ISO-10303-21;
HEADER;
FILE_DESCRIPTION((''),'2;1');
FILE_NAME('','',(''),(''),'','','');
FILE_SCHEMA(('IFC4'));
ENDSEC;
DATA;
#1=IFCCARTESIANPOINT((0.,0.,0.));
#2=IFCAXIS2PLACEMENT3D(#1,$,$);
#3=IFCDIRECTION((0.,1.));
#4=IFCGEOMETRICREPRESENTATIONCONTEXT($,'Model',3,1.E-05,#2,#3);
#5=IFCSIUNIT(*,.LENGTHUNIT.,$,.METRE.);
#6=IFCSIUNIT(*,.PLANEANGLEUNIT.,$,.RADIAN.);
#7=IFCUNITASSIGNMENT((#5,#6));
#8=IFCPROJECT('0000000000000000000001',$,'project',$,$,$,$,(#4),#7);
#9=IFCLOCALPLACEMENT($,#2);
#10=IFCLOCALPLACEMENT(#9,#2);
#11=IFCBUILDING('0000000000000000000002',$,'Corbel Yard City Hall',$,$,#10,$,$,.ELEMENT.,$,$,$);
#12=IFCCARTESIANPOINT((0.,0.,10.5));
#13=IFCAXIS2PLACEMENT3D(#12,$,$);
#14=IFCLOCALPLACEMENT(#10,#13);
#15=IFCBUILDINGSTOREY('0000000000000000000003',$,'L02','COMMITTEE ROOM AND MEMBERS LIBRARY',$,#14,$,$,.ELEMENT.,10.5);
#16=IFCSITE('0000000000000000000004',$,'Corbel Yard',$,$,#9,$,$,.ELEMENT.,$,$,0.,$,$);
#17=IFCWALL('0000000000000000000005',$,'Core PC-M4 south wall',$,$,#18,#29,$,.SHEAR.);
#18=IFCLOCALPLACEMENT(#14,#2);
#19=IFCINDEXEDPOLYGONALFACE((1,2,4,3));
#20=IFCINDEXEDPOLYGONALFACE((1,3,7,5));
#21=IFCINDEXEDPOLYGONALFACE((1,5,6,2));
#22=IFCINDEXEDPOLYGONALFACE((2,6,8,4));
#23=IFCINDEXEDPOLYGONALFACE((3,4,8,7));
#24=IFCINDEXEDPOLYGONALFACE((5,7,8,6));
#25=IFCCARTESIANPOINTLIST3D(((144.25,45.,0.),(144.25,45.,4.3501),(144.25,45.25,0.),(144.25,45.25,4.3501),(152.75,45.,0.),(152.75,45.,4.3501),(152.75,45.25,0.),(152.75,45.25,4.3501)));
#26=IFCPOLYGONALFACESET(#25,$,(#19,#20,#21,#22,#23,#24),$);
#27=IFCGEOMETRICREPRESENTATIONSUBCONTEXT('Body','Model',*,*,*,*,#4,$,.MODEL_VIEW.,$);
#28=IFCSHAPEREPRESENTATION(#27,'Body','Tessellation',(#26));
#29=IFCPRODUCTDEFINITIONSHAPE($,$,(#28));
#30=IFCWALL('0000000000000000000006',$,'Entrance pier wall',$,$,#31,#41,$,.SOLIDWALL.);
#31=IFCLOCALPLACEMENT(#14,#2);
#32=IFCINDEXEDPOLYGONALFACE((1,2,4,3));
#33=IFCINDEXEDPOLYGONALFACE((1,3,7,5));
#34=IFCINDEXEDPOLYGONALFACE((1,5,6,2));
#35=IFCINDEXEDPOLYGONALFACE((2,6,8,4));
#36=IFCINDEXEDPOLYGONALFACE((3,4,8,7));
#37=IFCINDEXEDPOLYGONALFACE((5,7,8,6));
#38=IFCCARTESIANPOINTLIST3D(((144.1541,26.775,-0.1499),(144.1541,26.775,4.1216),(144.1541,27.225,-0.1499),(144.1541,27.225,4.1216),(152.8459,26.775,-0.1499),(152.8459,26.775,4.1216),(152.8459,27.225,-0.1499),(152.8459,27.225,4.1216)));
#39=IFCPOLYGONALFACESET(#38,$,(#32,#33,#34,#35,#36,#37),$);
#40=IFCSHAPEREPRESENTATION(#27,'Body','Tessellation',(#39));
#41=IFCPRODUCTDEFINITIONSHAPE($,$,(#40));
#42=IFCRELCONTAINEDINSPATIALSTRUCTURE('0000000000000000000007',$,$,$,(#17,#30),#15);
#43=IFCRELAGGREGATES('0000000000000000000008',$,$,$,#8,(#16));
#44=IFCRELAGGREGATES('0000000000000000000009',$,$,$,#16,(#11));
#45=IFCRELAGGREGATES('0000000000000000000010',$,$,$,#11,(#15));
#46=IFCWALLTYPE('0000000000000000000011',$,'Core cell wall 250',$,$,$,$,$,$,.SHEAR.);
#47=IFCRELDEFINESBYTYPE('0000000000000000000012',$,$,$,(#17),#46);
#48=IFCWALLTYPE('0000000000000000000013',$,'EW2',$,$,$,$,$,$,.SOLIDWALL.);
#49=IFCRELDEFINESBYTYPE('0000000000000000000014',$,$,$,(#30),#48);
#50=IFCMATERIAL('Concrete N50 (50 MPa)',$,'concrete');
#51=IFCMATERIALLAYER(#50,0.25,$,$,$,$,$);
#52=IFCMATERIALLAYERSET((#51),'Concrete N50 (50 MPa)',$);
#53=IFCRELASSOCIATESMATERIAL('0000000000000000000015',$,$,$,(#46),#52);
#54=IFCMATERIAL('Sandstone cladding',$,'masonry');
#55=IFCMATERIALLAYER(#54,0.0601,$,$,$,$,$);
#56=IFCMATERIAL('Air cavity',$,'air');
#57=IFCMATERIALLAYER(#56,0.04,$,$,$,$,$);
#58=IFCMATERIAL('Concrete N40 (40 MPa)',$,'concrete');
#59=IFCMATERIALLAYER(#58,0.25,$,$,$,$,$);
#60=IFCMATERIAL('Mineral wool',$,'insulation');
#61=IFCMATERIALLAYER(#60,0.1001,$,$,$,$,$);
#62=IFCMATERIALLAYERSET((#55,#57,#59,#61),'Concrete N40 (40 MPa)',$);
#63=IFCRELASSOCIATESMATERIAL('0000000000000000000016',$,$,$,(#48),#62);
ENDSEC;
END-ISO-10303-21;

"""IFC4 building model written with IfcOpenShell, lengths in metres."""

from ifc_helpers import new_model, si_unit, direction, frame, frame_2d, origin, place, context, subcontext, project, spatial, rectangle, extrude, material, layer, layer_set, type_object, element, save


model = new_model("IFC4")

# Units and contexts
model_context = context("Model", 3, precision=1e-05, world=origin(), true_north=direction((0.0, 1.0)))
body_context = subcontext(model_context, "Body", "Model", "MODEL_VIEW")
ifc_project = project(units=[si_unit("LENGTHUNIT", "METRE"), si_unit("PLANEANGLEUNIT", "RADIAN")], contexts=[model_context])

# Site, building, storey
site_placement = place(None, origin())
site = spatial("IfcSite", under=ifc_project, at=site_placement, Name="Corbel Yard", CompositionType="ELEMENT", RefElevation=0.0)
building_placement = place(site_placement, origin())
building = spatial("IfcBuilding", under=site, at=building_placement, Name="Corbel Yard City Hall", CompositionType="ELEMENT")
storey_placement = place(building_placement, frame((0.0, 0.0, 10.5)))
storey = spatial("IfcBuildingStorey", under=building, at=storey_placement, Name="L02", Description="COMMITTEE ROOM AND MEMBERS LIBRARY", CompositionType="ELEMENT", Elevation=10.5)

# Walls
ifc_material_1 = material(Name="Concrete N50 (50 MPa)", Category="concrete")
ifc_layer_1 = layer(ifc_material_1, 0.25)
ifc_layer_set_1 = layer_set([ifc_layer_1], Name="Concrete N50 (50 MPa)")
wall_type_1 = type_object("IfcWallType", Name="Core cell wall 250", PredefinedType="SHEAR", material=ifc_layer_set_1)
wall_1_placement = place(storey_placement, frame((144.25, 45.125, 0.0), z_axis=(0.0, 0.0, 1.0), x_axis=(1.0, 0.0, 0.0)))
element("IfcWall", 1, at=wall_1_placement, inside=storey, type_object=wall_type_1, Name="Core PC-M4 south wall", PredefinedType="SHEAR", context=body_context, shape_type="SweptSolid", body=[
    extrude(rectangle(XDim=8.5, YDim=0.25, at=frame_2d((4.25, 0.0))), origin(), (0.0, 0.0, 1.0), 4.3501),
])
ifc_material_2 = material(Name="Sandstone cladding", Category="masonry")
ifc_layer_2 = layer(ifc_material_2, 0.0601)
ifc_material_3 = material(Name="Air cavity", Category="air")
ifc_layer_3 = layer(ifc_material_3, 0.04)
ifc_material_4 = material(Name="Concrete N40 (40 MPa)", Category="concrete")
ifc_layer_4 = layer(ifc_material_4, 0.25)
ifc_material_5 = material(Name="Mineral wool", Category="insulation")
ifc_layer_5 = layer(ifc_material_5, 0.1001)
ifc_layer_set_2 = layer_set([ifc_layer_2, ifc_layer_3, ifc_layer_4, ifc_layer_5], Name="Concrete N40 (40 MPa)")
wall_type_2 = type_object("IfcWallType", Name="EW2", PredefinedType="SOLIDWALL", material=ifc_layer_set_2)
wall_2_placement = place(storey_placement, frame((144.1541, 27.0, -0.1499), z_axis=(0.0, 0.0, 1.0), x_axis=(1.0, 0.0, 0.0)))
element("IfcWall", 2, at=wall_2_placement, inside=storey, type_object=wall_type_2, Name="Entrance pier wall", PredefinedType="SOLIDWALL", context=body_context, shape_type="SweptSolid", body=[
    extrude(rectangle(XDim=8.6919, YDim=0.45, at=frame_2d((4.3459, 0.0))), origin(), (0.0, 0.0, 1.0), 4.2715),
])

save(model, "model.ifc")
